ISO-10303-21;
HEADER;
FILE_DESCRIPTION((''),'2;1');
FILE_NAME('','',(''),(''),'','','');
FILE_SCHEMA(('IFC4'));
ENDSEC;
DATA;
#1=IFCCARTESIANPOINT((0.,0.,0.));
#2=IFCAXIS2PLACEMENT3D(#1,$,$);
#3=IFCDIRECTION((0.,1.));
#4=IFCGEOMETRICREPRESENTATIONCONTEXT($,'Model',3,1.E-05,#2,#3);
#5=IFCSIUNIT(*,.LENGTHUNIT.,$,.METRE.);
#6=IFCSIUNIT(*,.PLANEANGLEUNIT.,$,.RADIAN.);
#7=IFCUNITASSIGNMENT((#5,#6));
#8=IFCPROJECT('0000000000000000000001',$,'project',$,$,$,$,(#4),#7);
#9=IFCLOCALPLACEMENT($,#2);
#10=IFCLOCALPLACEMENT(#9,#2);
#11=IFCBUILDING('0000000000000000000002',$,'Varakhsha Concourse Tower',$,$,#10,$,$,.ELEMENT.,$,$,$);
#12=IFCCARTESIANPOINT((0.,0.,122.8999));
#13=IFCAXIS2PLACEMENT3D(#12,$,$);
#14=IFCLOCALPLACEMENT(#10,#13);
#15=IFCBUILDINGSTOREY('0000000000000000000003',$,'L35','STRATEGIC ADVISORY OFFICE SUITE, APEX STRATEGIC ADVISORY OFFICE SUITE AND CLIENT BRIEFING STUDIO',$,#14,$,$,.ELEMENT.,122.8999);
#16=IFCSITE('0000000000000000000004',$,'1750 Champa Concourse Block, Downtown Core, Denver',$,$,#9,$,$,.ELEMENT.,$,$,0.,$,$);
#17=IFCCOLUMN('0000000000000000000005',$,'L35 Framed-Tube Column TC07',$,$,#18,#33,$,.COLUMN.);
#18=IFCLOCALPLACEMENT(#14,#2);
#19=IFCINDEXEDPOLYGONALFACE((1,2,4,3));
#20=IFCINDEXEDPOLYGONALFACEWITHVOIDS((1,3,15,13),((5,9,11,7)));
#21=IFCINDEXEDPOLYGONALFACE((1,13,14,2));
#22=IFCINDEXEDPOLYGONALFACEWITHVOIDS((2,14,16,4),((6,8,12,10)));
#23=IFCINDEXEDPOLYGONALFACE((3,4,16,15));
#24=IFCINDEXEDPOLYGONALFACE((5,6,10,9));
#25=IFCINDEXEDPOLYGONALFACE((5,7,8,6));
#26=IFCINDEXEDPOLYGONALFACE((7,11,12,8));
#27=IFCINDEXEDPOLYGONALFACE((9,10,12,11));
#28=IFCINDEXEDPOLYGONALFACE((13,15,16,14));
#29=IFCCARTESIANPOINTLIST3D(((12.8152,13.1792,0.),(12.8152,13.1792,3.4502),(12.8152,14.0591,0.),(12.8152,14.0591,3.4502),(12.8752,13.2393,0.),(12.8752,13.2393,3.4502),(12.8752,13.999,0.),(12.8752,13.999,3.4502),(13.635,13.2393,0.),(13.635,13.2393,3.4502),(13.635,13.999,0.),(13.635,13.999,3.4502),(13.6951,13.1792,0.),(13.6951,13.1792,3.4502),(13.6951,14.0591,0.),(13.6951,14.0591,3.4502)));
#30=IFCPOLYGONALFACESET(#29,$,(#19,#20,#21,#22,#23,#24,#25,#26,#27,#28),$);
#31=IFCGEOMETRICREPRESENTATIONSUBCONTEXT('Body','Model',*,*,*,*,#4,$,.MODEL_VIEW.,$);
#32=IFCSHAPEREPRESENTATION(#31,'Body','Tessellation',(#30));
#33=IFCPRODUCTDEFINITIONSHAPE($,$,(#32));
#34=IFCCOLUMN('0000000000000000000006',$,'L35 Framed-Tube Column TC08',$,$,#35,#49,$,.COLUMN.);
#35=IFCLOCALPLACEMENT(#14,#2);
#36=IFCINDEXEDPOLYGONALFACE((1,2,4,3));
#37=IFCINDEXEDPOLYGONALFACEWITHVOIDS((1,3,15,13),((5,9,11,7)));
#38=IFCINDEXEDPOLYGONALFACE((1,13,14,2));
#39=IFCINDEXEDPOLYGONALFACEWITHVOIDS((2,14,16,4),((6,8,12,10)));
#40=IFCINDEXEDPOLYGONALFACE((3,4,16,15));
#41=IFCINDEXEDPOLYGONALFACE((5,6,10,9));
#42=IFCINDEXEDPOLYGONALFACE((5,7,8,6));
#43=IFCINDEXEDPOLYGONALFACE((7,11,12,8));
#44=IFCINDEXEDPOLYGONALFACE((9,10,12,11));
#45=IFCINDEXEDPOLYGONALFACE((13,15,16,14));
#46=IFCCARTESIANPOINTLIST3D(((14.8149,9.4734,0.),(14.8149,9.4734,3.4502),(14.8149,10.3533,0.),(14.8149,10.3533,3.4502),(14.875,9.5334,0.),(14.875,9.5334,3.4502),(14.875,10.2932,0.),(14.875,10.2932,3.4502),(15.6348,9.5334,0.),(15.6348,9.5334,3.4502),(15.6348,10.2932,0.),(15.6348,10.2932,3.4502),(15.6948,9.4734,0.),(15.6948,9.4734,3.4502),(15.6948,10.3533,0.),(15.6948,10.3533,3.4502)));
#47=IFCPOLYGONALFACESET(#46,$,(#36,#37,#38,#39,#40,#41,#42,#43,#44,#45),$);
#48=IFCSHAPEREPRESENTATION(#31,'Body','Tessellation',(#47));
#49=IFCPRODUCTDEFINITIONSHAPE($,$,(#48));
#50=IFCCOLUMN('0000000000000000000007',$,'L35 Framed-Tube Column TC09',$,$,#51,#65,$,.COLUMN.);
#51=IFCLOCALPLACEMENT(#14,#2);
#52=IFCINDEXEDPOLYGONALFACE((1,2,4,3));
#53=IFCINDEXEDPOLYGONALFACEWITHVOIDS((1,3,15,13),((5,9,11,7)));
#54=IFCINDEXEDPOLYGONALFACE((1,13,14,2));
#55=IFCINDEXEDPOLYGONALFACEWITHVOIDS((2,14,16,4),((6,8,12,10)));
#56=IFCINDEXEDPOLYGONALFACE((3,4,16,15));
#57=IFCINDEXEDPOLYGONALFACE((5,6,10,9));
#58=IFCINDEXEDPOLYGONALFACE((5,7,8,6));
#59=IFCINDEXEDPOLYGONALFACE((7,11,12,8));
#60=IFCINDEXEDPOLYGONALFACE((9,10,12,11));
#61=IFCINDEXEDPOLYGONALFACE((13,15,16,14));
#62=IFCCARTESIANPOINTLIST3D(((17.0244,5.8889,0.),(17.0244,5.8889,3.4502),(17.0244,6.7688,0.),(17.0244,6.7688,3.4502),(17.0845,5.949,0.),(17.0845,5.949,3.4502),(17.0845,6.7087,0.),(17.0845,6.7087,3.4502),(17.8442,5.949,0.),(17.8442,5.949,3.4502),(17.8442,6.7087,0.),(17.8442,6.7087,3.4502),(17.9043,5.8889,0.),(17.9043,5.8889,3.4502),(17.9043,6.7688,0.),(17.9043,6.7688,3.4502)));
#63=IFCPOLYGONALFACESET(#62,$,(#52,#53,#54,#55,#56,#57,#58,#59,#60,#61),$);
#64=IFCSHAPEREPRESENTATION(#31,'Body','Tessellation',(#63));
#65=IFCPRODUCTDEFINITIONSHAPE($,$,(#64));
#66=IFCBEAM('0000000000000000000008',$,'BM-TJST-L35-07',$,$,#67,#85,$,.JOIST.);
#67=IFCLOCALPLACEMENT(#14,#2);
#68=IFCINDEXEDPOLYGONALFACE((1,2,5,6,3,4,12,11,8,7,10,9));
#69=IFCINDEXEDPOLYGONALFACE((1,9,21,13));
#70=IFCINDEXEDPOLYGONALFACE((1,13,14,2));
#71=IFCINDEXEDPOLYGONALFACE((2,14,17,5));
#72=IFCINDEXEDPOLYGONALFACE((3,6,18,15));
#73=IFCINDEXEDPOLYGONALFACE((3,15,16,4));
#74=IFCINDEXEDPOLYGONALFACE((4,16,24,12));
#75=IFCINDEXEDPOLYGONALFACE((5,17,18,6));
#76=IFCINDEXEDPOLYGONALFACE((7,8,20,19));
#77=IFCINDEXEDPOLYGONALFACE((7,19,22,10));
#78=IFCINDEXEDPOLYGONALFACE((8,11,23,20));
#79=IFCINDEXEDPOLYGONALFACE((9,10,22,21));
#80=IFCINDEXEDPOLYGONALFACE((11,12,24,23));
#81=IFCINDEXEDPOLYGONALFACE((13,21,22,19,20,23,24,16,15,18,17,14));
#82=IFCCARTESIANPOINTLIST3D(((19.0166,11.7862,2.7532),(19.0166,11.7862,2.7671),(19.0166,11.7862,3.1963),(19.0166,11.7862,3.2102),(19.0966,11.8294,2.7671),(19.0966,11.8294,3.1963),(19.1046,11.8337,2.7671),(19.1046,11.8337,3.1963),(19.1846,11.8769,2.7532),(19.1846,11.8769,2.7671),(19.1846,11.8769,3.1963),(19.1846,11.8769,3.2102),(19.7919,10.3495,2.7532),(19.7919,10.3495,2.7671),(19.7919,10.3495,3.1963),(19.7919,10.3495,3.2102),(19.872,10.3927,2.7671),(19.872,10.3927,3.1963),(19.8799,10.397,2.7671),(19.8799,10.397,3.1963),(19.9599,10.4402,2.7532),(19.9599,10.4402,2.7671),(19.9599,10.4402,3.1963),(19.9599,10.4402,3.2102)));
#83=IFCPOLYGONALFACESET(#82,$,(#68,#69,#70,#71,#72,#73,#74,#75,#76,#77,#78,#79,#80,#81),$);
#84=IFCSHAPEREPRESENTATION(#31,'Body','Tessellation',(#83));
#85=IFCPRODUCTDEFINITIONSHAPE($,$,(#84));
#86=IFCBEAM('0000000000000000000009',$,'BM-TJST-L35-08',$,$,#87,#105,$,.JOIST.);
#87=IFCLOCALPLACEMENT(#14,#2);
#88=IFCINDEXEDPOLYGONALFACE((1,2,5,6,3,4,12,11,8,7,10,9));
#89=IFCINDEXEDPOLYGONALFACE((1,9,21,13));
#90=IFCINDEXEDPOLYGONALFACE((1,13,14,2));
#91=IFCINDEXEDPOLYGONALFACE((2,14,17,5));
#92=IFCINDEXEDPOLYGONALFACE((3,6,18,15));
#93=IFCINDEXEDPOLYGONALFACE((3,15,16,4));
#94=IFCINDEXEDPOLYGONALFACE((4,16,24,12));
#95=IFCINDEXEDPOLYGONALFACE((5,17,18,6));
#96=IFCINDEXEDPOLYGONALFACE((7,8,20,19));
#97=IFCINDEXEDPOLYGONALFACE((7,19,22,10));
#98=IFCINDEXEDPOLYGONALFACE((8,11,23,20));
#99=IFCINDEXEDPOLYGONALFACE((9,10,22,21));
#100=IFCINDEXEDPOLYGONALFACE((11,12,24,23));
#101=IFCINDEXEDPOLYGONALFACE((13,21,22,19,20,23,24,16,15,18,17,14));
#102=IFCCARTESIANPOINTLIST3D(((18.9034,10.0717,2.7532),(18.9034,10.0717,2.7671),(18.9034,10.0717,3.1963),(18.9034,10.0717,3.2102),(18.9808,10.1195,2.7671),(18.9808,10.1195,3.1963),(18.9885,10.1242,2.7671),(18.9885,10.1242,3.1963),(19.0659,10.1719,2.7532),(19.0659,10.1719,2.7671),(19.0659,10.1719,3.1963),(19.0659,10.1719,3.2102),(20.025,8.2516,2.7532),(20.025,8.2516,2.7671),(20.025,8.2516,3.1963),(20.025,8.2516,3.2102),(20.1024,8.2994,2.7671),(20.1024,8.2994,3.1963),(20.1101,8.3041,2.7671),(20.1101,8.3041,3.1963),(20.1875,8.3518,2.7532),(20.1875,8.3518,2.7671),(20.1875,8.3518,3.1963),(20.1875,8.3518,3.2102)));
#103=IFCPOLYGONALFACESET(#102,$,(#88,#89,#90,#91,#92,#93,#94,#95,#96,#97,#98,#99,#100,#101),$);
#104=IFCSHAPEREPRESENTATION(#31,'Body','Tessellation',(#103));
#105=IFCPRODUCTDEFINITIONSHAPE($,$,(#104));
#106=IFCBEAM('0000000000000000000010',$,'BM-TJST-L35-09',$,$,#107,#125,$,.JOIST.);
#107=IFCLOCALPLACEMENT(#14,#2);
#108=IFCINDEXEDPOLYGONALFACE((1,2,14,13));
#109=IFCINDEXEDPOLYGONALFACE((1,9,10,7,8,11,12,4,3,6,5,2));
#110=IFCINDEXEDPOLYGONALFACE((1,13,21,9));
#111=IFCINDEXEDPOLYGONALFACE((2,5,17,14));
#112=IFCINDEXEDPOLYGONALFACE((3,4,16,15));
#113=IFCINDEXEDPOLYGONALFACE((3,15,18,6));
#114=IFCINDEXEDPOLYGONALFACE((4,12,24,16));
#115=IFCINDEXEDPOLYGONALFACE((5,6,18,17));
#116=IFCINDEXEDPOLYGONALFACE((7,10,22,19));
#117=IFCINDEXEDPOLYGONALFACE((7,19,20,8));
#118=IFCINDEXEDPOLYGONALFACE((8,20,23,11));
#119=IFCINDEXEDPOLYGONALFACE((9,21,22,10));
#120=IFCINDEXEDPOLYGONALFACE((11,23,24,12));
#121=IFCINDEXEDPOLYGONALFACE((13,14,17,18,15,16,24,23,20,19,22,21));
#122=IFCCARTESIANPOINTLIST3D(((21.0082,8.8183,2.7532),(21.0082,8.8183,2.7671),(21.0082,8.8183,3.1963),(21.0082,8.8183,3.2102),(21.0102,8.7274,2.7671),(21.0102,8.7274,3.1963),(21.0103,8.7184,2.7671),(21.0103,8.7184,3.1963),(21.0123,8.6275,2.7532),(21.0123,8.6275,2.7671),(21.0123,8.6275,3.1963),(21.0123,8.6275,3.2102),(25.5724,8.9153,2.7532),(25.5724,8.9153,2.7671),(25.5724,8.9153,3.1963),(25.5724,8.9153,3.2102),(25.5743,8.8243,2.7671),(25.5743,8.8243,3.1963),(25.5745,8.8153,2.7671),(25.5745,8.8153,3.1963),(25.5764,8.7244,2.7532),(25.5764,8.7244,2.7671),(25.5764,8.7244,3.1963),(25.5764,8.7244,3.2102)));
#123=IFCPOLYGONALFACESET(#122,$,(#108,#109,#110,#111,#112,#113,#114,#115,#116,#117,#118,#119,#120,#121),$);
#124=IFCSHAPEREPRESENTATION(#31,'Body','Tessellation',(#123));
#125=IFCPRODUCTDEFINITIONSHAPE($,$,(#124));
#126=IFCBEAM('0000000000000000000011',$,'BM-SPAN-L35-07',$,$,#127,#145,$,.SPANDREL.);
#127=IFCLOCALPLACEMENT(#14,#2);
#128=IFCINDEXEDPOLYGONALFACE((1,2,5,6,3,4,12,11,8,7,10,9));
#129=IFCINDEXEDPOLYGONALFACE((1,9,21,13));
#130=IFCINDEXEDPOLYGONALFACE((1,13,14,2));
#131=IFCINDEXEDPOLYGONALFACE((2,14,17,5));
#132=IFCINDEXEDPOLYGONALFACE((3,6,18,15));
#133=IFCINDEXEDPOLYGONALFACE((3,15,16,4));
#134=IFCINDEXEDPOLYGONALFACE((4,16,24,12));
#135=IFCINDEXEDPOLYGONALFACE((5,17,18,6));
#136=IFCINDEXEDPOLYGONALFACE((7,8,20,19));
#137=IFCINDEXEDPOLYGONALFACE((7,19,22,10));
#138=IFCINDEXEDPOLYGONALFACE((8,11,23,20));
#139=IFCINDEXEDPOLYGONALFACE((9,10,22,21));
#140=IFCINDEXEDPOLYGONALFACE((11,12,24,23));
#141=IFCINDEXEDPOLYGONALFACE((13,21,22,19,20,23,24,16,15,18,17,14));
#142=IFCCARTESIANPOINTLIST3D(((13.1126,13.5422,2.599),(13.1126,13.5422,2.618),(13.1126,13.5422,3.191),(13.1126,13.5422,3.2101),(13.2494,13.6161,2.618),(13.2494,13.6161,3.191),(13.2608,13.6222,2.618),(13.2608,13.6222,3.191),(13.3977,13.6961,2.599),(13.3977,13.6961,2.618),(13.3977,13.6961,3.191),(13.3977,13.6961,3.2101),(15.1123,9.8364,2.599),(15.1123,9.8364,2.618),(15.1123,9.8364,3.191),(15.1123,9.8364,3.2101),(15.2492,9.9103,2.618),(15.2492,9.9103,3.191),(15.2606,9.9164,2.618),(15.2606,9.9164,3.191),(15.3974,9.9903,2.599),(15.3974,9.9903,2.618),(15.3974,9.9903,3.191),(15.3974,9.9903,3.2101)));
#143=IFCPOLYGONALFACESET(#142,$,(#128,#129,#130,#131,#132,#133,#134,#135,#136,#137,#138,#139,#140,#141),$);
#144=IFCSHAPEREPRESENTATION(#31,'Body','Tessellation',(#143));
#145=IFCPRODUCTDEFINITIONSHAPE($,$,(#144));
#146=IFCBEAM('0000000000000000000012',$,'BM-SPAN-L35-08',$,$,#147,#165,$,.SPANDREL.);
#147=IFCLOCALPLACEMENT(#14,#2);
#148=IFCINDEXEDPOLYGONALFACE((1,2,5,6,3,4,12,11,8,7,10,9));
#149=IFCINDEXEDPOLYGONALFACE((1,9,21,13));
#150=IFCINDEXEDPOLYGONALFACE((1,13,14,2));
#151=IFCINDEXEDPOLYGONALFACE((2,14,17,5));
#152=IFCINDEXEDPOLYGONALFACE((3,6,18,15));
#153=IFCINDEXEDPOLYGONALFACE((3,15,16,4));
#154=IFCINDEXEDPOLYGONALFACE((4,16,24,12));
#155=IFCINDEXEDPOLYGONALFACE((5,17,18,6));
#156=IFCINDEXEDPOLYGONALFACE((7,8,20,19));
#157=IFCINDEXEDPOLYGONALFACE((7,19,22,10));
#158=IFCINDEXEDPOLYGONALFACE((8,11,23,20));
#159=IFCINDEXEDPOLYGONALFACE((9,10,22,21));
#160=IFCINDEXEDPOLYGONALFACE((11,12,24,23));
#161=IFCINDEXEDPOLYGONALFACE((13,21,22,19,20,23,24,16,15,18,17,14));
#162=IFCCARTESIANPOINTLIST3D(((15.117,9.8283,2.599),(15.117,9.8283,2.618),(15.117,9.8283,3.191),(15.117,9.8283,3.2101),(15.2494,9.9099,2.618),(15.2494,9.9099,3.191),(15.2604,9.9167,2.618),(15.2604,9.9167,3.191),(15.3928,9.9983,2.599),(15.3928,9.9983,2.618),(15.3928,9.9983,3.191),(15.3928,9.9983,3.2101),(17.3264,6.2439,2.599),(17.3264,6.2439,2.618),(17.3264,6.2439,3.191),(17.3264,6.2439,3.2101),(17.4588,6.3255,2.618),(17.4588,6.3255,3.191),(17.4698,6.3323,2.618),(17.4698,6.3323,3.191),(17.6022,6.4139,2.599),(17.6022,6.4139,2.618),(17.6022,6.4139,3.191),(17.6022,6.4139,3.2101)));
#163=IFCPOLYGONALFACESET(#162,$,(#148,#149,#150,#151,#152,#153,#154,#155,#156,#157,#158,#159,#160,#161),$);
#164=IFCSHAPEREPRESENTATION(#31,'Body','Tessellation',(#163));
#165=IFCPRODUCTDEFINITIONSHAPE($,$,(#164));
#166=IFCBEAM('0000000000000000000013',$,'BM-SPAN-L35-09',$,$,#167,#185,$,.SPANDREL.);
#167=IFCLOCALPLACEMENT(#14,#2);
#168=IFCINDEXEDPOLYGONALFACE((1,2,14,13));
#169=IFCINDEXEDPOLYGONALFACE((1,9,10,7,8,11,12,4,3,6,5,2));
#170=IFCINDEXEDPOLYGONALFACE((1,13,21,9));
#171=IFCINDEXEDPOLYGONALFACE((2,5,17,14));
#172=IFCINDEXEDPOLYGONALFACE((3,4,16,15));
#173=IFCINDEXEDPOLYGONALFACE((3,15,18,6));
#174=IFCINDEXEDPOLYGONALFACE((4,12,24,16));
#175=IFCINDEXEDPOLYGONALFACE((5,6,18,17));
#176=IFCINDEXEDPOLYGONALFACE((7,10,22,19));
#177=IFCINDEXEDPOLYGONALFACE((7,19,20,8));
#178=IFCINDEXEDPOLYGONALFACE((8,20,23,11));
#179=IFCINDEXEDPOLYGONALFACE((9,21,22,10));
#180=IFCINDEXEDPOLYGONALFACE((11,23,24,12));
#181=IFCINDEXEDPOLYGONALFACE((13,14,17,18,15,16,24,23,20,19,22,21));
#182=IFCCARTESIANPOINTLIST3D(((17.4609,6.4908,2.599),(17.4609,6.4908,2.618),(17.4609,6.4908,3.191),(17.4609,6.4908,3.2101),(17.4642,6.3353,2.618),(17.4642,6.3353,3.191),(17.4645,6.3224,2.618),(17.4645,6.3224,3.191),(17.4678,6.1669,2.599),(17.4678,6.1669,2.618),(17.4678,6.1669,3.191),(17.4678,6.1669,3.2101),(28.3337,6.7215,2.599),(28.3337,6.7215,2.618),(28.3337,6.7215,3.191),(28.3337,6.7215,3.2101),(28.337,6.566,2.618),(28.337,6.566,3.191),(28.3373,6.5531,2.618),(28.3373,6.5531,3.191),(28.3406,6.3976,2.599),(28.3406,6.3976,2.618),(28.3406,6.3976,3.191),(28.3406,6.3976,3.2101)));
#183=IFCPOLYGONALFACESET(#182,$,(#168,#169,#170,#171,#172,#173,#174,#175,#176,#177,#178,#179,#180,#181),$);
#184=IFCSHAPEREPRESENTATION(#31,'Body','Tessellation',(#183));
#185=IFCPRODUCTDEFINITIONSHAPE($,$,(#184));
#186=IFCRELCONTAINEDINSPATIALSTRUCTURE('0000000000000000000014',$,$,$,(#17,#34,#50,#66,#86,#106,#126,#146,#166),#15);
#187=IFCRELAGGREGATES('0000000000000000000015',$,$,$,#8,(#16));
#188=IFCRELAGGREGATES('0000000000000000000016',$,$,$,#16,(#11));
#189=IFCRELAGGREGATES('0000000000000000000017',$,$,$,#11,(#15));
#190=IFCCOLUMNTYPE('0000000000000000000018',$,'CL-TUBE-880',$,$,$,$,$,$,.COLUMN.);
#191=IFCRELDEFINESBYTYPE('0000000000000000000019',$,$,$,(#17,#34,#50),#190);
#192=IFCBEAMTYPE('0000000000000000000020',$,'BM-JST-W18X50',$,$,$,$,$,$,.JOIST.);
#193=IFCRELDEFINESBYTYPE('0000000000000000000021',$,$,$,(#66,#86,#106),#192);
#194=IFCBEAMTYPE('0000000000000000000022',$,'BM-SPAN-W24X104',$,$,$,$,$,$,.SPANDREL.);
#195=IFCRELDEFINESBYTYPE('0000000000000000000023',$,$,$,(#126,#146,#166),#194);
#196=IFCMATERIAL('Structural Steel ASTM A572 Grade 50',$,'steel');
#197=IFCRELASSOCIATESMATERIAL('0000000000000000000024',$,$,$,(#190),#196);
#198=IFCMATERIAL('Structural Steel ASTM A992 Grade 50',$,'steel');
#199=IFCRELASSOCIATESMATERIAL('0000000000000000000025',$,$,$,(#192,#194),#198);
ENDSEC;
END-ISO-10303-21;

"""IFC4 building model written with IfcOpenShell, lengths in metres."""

from ifc_helpers import new_model, si_unit, direction, frame, origin, origin_2d, place, context, subcontext, project, spatial, hollow_rectangle, i_section, extrude, material, material_profile, profile_set, type_object, element, save


model = new_model("IFC4")

# Units and contexts
model_context = context("Model", 3, precision=1e-05, world=origin(), true_north=direction((0.0, 1.0)))
body_context = subcontext(model_context, "Body", "Model", "MODEL_VIEW")
ifc_project = project(units=[si_unit("LENGTHUNIT", "METRE"), si_unit("PLANEANGLEUNIT", "RADIAN")], contexts=[model_context])

# Site, building, storey
site_placement = place(None, origin())
site = spatial("IfcSite", under=ifc_project, at=site_placement, Name="1750 Champa Concourse Block, Downtown Core, Denver", CompositionType="ELEMENT", RefElevation=0.0)
building_placement = place(site_placement, origin())
building = spatial("IfcBuilding", under=site, at=building_placement, Name="Varakhsha Concourse Tower", CompositionType="ELEMENT")
storey_placement = place(building_placement, frame((0.0, 0.0, 122.8999)))
storey = spatial("IfcBuildingStorey", under=building, at=storey_placement, Name="L35", Description="STRATEGIC ADVISORY OFFICE SUITE, APEX STRATEGIC ADVISORY OFFICE SUITE AND CLIENT BRIEFING STUDIO", CompositionType="ELEMENT", Elevation=122.8999)

# Columns
ifc_material_1 = material(Name="Structural Steel ASTM A572 Grade 50", Category="steel")
ifc_material_profile_1 = material_profile(ifc_material_1, hollow_rectangle(XDim=0.8799, YDim=0.8799, WallThickness=0.0601, at=origin_2d()), Name="BOX 880x880x60")
ifc_profile_set_1 = profile_set([ifc_material_profile_1], Name="Structural Steel ASTM A572 Grade 50")
column_type = type_object("IfcColumnType", Name="CL-TUBE-880", PredefinedType="COLUMN", material=ifc_profile_set_1)
for number, where, z_axis, x_axis, name in (
    (1, (13.2551, 13.6191, 0.0), (0.0, 0.0, 1.0), (1.0, 0.0, 0.0), "L35 Framed-Tube Column TC07"),
    (2, (15.2549, 9.9133, 0.0), (0.0, 0.0, 1.0), (1.0, 0.0, 0.0), "L35 Framed-Tube Column TC08"),
    (3, (17.4644, 6.3289, 0.0), (0.0, 0.0, 1.0), (1.0, 0.0, 0.0), "L35 Framed-Tube Column TC09"),
):
    element("IfcColumn", number, at=place(storey_placement, frame(where, z_axis=z_axis, x_axis=x_axis)), inside=storey, type_object=column_type, Name=name, PredefinedType="COLUMN", context=body_context, shape_type="SweptSolid", body=[
        extrude(hollow_rectangle(XDim=0.8799, YDim=0.8799, WallThickness=0.0601, at=origin_2d()), origin(), (0.0, 0.0, 1.0), 3.4502),
    ])

# Beams
ifc_material_2 = material(Name="Structural Steel ASTM A992 Grade 50", Category="steel")
ifc_material_profile_2 = material_profile(ifc_material_2, i_section(OverallWidth=0.1909, OverallDepth=0.457, WebThickness=0.009, FlangeThickness=0.0139, at=origin_2d()), Name="W18X50")
ifc_profile_set_2 = profile_set([ifc_material_profile_2], Name="Structural Steel ASTM A992 Grade 50")
beam_type_1 = type_object("IfcBeamType", Name="BM-JST-W18X50", PredefinedType="JOIST", material=ifc_profile_set_2)
beam_1_placement = place(storey_placement, frame((19.1006, 11.8315, 2.9817), z_axis=(0.474929, -0.880024, 0.0), x_axis=(0.880024, 0.474929, 0.0)))
element("IfcBeam", 4, at=beam_1_placement, inside=storey, type_object=beam_type_1, Name="BM-TJST-L35-07", PredefinedType="JOIST", context=body_context, shape_type="SweptSolid", body=[
    extrude(i_section(OverallWidth=0.1909, OverallDepth=0.457, WebThickness=0.009, FlangeThickness=0.0139, at=origin_2d()), origin(), (0.0, 0.0, 1.0), 1.6326),
])
beam_2_placement = place(storey_placement, frame((18.9846, 10.1218, 2.9817), z_axis=(0.52462, -0.851337, 0.0), x_axis=(0.851337, 0.52462, 0.0)))
element("IfcBeam", 5, at=beam_2_placement, inside=storey, type_object=beam_type_1, Name="BM-TJST-L35-08", PredefinedType="JOIST", context=body_context, shape_type="SweptSolid", body=[
    extrude(i_section(OverallWidth=0.1909, OverallDepth=0.457, WebThickness=0.009, FlangeThickness=0.0139, at=origin_2d()), origin(), (0.0, 0.0, 1.0), 2.1379),
])
beam_3_placement = place(storey_placement, frame((21.0103, 8.7229, 2.9817), z_axis=(0.999775, 0.021231, 0.0), x_axis=(-0.021231, 0.999775, 0.0)))
element("IfcBeam", 6, at=beam_3_placement, inside=storey, type_object=beam_type_1, Name="BM-TJST-L35-09", PredefinedType="JOIST", context=body_context, shape_type="SweptSolid", body=[
    extrude(i_section(OverallWidth=0.1909, OverallDepth=0.457, WebThickness=0.009, FlangeThickness=0.0139, at=origin_2d()), origin(), (0.0, 0.0, 1.0), 4.5652),
])
ifc_material_profile_3 = material_profile(ifc_material_2, i_section(OverallWidth=0.324, OverallDepth=0.6111, WebThickness=0.0129, FlangeThickness=0.019, at=origin_2d()), Name="W24X104")
ifc_profile_set_3 = profile_set([ifc_material_profile_3], Name="Structural Steel ASTM A992 Grade 50")
beam_type_2 = type_object("IfcBeamType", Name="BM-SPAN-W24X104", PredefinedType="SPANDREL", material=ifc_profile_set_3)
beam_4_placement = place(storey_placement, frame((13.2551, 13.6191, 2.9045), z_axis=(0.474895, -0.880043, 0.0), x_axis=(0.880043, 0.474895, 0.0)))
element("IfcBeam", 7, at=beam_4_placement, inside=storey, type_object=beam_type_2, Name="BM-SPAN-L35-07", PredefinedType="SPANDREL", context=body_context, shape_type="SweptSolid", body=[
    extrude(i_section(OverallWidth=0.324, OverallDepth=0.6111, WebThickness=0.0129, FlangeThickness=0.019, at=origin_2d()), origin(), (0.0, 0.0, 1.0), 4.2109),
])
beam_5_placement = place(storey_placement, frame((15.2549, 9.9133, 2.9045), z_axis=(0.524725, -0.851272, 0.0), x_axis=(0.851272, 0.524725, 0.0)))
element("IfcBeam", 8, at=beam_5_placement, inside=storey, type_object=beam_type_2, Name="BM-SPAN-L35-08", PredefinedType="SPANDREL", context=body_context, shape_type="SweptSolid", body=[
    extrude(i_section(OverallWidth=0.324, OverallDepth=0.6111, WebThickness=0.0129, FlangeThickness=0.019, at=origin_2d()), origin(), (0.0, 0.0, 1.0), 4.2107),
])
beam_6_placement = place(storey_placement, frame((17.4644, 6.3289, 2.9045), z_axis=(0.999775, 0.021214, 0.0), x_axis=(-0.021214, 0.999775, 0.0)))
element("IfcBeam", 9, at=beam_6_placement, inside=storey, type_object=beam_type_2, Name="BM-SPAN-L35-09", PredefinedType="SPANDREL", context=body_context, shape_type="SweptSolid", body=[
    extrude(i_section(OverallWidth=0.324, OverallDepth=0.6111, WebThickness=0.0129, FlangeThickness=0.019, at=origin_2d()), origin(), (0.0, 0.0, 1.0), 10.8752),
])

save(model, "model.ifc")
